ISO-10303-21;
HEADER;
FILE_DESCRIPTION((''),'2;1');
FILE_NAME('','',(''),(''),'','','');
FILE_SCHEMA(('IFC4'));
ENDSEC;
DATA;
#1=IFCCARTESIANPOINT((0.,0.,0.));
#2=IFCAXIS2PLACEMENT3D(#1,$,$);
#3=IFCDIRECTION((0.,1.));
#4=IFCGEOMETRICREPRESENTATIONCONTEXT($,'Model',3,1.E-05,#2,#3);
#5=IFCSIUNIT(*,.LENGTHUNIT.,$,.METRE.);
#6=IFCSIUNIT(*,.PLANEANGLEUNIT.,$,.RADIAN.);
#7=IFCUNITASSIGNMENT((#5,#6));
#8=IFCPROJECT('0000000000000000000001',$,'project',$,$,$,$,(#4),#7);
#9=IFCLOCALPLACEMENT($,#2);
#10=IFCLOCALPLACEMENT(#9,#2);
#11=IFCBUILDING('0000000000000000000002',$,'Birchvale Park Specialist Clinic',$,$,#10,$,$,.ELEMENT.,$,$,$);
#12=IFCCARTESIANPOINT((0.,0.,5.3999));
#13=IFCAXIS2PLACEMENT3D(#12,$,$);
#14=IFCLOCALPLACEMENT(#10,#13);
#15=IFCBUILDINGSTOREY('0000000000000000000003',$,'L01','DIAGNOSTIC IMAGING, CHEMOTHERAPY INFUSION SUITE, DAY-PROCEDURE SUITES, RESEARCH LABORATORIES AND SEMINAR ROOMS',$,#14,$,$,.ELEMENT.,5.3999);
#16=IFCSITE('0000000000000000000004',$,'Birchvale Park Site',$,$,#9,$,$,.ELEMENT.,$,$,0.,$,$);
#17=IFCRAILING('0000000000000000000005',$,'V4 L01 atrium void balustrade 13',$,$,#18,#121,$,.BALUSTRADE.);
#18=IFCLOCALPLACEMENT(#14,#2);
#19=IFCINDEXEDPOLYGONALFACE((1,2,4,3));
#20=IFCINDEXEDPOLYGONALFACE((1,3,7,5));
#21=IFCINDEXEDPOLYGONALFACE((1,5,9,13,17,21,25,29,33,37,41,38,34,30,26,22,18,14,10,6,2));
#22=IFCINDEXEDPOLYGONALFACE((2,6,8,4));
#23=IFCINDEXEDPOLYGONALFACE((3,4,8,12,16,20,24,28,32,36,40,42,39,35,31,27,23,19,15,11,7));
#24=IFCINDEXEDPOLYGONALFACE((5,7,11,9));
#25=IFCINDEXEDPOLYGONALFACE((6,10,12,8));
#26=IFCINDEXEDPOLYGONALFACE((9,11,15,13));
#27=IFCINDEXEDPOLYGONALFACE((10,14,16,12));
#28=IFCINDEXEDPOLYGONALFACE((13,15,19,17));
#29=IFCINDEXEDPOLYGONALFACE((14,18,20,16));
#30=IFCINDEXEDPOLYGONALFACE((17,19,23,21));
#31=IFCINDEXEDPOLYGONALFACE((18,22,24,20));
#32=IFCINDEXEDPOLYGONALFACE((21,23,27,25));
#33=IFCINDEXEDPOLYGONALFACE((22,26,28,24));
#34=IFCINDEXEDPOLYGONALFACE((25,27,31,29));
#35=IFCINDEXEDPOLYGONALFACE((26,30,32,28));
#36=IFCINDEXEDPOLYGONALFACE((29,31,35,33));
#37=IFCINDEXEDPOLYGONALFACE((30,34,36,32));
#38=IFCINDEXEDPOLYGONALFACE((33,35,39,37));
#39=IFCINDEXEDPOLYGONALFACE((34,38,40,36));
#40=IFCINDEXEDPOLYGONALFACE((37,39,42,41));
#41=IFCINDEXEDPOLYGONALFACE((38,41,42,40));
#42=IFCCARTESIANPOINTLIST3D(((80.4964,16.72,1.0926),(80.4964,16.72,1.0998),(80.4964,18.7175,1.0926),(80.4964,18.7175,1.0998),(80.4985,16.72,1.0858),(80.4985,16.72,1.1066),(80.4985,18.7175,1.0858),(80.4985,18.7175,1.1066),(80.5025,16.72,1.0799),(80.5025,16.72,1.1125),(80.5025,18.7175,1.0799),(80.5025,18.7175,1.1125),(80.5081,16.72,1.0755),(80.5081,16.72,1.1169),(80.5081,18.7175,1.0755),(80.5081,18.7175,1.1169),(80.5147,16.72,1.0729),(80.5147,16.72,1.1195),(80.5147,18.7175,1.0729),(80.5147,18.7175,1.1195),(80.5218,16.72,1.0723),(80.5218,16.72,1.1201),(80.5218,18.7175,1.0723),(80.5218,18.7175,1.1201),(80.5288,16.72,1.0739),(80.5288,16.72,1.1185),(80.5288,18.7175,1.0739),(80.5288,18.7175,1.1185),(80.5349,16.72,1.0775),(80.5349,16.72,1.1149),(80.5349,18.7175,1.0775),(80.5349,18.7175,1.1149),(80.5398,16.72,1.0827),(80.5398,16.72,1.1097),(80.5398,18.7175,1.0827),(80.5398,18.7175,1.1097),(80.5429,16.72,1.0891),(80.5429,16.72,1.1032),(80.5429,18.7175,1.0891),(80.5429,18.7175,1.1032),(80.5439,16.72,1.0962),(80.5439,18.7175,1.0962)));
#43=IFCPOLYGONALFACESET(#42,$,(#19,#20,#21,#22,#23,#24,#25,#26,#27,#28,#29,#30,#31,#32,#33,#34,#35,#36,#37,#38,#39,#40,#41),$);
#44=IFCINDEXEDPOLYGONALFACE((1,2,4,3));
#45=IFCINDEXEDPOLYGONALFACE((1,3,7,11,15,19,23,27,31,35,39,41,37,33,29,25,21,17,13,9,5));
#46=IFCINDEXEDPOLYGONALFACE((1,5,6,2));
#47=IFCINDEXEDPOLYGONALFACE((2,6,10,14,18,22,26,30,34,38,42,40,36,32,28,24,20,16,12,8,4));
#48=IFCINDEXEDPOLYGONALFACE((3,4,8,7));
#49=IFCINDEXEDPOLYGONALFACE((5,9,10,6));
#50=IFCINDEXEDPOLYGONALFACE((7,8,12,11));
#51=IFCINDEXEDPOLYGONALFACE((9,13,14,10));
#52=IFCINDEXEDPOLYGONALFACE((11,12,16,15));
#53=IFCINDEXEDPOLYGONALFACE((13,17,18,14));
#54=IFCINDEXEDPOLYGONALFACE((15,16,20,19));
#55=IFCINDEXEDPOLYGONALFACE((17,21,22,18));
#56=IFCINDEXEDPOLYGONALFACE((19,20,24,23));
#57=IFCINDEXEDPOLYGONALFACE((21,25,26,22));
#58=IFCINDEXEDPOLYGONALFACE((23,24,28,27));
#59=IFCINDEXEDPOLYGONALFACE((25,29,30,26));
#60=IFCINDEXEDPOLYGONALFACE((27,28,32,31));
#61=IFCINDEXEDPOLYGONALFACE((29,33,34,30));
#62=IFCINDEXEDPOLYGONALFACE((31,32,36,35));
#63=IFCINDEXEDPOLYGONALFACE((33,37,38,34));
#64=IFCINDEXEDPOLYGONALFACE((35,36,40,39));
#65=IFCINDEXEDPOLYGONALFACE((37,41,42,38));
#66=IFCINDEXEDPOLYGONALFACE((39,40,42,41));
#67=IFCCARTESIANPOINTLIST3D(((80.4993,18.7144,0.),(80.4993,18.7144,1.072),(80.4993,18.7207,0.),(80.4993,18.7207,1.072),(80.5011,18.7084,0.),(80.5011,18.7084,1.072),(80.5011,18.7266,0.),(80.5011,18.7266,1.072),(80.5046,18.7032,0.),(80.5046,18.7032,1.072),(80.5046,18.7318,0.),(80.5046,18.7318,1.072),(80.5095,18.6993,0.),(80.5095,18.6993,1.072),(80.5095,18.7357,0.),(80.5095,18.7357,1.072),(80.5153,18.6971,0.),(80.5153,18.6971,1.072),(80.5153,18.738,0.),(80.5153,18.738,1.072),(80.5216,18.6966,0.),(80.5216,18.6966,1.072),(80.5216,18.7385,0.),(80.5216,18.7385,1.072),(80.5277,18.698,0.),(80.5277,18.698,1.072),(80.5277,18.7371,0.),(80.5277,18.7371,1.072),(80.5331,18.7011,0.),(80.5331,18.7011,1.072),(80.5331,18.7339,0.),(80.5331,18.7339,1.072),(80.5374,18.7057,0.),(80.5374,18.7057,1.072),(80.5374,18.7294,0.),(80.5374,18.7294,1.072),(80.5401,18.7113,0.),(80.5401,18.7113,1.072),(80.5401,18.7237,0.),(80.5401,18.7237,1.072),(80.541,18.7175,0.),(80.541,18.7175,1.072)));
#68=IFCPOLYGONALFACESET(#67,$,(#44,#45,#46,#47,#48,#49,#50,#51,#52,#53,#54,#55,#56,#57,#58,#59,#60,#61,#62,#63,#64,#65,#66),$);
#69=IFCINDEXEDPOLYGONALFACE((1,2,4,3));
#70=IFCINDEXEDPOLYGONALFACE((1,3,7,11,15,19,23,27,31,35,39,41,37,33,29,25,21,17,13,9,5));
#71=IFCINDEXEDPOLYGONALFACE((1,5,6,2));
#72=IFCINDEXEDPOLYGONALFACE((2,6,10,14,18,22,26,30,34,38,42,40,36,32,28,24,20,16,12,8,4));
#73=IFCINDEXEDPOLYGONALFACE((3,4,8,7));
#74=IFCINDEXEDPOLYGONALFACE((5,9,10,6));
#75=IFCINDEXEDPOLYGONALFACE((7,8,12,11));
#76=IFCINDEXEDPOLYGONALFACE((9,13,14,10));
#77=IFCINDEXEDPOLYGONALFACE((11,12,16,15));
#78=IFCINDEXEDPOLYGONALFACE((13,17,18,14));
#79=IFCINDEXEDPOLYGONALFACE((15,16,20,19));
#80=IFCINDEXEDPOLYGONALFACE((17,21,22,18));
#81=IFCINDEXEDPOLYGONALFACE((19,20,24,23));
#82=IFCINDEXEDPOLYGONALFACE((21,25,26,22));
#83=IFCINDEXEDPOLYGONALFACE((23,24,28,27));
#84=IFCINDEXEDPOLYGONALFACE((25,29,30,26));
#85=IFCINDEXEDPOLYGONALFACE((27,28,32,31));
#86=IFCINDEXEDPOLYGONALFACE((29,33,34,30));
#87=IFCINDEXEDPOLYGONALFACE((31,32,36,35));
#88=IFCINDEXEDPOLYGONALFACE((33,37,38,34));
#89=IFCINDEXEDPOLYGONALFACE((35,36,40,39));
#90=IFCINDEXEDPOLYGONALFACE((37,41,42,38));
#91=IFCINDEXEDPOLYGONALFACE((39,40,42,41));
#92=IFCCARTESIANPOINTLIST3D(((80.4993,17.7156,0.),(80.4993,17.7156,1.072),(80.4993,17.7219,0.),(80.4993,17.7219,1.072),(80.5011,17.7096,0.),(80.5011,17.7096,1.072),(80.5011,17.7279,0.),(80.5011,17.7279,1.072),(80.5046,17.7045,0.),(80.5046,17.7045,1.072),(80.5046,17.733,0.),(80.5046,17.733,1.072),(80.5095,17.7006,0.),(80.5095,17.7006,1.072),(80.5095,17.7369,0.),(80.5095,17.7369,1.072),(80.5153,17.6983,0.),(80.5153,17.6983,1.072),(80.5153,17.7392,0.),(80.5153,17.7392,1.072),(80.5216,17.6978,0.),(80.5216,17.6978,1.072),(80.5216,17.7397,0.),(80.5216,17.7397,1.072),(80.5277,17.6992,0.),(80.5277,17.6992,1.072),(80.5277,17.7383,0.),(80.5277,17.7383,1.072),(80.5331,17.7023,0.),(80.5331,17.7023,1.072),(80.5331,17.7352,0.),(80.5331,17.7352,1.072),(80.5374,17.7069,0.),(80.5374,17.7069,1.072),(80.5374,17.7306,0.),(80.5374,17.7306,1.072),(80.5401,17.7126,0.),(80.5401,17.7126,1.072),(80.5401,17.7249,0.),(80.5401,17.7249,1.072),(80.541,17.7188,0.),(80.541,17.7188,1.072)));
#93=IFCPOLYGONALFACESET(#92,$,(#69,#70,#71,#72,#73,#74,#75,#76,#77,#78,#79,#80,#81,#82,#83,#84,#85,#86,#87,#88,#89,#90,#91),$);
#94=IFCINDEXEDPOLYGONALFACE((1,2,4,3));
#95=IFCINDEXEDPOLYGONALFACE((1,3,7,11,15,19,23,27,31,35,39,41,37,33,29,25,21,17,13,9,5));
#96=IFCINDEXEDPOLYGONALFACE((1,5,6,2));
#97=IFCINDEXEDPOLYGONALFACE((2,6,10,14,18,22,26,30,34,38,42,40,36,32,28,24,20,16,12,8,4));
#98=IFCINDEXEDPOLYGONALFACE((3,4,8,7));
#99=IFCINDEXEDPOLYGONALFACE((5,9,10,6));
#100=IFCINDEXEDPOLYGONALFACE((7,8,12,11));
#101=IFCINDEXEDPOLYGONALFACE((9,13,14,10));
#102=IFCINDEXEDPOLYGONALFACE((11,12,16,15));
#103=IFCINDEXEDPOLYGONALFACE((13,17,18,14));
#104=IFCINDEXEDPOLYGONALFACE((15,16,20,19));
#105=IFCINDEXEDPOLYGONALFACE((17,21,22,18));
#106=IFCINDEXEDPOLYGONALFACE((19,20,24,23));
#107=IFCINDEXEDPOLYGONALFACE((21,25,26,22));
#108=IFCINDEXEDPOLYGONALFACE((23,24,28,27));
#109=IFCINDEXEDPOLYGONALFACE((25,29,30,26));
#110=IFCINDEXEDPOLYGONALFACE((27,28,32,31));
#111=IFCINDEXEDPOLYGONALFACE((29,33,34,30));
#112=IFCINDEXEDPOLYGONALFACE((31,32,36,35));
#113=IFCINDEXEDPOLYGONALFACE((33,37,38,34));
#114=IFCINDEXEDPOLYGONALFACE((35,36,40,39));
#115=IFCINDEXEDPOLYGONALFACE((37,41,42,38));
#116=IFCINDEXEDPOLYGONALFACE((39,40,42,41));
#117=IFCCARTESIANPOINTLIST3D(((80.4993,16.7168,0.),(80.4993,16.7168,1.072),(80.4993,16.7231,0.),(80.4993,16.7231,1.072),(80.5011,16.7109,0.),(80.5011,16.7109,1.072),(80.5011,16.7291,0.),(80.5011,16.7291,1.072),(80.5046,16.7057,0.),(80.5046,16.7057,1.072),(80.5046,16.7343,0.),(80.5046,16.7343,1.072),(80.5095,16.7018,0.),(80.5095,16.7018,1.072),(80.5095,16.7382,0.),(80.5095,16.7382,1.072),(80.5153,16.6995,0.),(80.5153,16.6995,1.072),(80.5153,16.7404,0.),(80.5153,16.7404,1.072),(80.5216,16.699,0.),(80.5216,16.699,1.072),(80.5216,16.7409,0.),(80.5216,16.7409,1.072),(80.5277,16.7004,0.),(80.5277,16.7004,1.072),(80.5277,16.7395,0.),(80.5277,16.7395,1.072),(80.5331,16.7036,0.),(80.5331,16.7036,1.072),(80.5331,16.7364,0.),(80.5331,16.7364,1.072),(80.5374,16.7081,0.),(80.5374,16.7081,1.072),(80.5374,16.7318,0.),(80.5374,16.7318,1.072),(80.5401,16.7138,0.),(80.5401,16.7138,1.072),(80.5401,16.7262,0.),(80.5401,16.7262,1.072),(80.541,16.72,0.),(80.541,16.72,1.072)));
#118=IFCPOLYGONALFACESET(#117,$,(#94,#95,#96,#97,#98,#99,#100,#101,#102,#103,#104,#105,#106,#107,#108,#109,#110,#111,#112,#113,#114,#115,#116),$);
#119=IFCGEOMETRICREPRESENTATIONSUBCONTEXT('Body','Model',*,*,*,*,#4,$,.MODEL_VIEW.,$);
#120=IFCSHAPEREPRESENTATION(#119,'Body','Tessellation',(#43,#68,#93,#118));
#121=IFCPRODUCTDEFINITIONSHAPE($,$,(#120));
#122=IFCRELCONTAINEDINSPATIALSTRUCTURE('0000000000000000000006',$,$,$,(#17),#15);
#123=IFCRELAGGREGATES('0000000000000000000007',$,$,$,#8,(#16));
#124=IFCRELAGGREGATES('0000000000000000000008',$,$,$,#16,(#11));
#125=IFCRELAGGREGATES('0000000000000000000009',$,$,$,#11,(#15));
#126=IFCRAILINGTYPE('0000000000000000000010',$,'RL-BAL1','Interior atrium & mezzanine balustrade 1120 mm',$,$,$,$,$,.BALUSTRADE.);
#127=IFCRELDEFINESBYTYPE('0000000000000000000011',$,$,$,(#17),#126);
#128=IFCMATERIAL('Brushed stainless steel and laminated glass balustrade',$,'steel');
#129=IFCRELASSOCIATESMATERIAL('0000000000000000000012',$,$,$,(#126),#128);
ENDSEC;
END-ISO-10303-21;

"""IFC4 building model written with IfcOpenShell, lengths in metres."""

from ifc_helpers import new_model, si_unit, direction, frame, origin, origin_2d, place, context, subcontext, project, spatial, circle, extrude, material, type_object, element, save


model = new_model("IFC4")

# Units and contexts
model_context = context("Model", 3, precision=1e-05, world=origin(), true_north=direction((0.0, 1.0)))
body_context = subcontext(model_context, "Body", "Model", "MODEL_VIEW")
ifc_project = project(units=[si_unit("LENGTHUNIT", "METRE"), si_unit("PLANEANGLEUNIT", "RADIAN")], contexts=[model_context])

# Site, building, storey
site_placement = place(None, origin())
site = spatial("IfcSite", under=ifc_project, at=site_placement, Name="Birchvale Park Site", CompositionType="ELEMENT", RefElevation=0.0)
building_placement = place(site_placement, origin())
building = spatial("IfcBuilding", under=site, at=building_placement, Name="Birchvale Park Specialist Clinic", CompositionType="ELEMENT")
storey_placement = place(building_placement, frame((0.0, 0.0, 5.3999)))
storey = spatial("IfcBuildingStorey", under=building, at=storey_placement, Name="L01", Description="DIAGNOSTIC IMAGING, CHEMOTHERAPY INFUSION SUITE, DAY-PROCEDURE SUITES, RESEARCH LABORATORIES AND SEMINAR ROOMS", CompositionType="ELEMENT", Elevation=5.3999)

# Railing
ifc_material_1 = material(Name="Brushed stainless steel and laminated glass balustrade", Category="steel")
railing_type = type_object("IfcRailingType", Name="RL-BAL1", Description="Interior atrium & mezzanine balustrade 1120 mm", PredefinedType="BALUSTRADE", material=ifc_material_1)
railing_1_placement = place(storey_placement, frame((80.52, 18.7175, 0.0)))
element("IfcRailing", 1, at=railing_1_placement, inside=storey, type_object=railing_type, Name="V4 L01 atrium void balustrade 13", PredefinedType="BALUSTRADE", context=body_context, shape_type="SweptSolid", body=[
    extrude(circle(Radius=0.0239, at=origin_2d()), frame((0.0, 0.0, 1.0962), z_axis=(0.0, -1.0, 0.0), x_axis=(1.0, 0.0, 0.0)), (0.0, 0.0, 1.0), 1.9976),
    extrude(circle(Radius=0.021, at=origin_2d()), origin(), (0.0, 0.0, 1.0), 1.072),
    extrude(circle(Radius=0.021, at=origin_2d()), frame((0.0, -0.9988, 0.0)), (0.0, 0.0, 1.0), 1.072),
    extrude(circle(Radius=0.021, at=origin_2d()), frame((0.0, -1.9976, 0.0)), (0.0, 0.0, 1.0), 1.072),
])

save(model, "model.ifc")
